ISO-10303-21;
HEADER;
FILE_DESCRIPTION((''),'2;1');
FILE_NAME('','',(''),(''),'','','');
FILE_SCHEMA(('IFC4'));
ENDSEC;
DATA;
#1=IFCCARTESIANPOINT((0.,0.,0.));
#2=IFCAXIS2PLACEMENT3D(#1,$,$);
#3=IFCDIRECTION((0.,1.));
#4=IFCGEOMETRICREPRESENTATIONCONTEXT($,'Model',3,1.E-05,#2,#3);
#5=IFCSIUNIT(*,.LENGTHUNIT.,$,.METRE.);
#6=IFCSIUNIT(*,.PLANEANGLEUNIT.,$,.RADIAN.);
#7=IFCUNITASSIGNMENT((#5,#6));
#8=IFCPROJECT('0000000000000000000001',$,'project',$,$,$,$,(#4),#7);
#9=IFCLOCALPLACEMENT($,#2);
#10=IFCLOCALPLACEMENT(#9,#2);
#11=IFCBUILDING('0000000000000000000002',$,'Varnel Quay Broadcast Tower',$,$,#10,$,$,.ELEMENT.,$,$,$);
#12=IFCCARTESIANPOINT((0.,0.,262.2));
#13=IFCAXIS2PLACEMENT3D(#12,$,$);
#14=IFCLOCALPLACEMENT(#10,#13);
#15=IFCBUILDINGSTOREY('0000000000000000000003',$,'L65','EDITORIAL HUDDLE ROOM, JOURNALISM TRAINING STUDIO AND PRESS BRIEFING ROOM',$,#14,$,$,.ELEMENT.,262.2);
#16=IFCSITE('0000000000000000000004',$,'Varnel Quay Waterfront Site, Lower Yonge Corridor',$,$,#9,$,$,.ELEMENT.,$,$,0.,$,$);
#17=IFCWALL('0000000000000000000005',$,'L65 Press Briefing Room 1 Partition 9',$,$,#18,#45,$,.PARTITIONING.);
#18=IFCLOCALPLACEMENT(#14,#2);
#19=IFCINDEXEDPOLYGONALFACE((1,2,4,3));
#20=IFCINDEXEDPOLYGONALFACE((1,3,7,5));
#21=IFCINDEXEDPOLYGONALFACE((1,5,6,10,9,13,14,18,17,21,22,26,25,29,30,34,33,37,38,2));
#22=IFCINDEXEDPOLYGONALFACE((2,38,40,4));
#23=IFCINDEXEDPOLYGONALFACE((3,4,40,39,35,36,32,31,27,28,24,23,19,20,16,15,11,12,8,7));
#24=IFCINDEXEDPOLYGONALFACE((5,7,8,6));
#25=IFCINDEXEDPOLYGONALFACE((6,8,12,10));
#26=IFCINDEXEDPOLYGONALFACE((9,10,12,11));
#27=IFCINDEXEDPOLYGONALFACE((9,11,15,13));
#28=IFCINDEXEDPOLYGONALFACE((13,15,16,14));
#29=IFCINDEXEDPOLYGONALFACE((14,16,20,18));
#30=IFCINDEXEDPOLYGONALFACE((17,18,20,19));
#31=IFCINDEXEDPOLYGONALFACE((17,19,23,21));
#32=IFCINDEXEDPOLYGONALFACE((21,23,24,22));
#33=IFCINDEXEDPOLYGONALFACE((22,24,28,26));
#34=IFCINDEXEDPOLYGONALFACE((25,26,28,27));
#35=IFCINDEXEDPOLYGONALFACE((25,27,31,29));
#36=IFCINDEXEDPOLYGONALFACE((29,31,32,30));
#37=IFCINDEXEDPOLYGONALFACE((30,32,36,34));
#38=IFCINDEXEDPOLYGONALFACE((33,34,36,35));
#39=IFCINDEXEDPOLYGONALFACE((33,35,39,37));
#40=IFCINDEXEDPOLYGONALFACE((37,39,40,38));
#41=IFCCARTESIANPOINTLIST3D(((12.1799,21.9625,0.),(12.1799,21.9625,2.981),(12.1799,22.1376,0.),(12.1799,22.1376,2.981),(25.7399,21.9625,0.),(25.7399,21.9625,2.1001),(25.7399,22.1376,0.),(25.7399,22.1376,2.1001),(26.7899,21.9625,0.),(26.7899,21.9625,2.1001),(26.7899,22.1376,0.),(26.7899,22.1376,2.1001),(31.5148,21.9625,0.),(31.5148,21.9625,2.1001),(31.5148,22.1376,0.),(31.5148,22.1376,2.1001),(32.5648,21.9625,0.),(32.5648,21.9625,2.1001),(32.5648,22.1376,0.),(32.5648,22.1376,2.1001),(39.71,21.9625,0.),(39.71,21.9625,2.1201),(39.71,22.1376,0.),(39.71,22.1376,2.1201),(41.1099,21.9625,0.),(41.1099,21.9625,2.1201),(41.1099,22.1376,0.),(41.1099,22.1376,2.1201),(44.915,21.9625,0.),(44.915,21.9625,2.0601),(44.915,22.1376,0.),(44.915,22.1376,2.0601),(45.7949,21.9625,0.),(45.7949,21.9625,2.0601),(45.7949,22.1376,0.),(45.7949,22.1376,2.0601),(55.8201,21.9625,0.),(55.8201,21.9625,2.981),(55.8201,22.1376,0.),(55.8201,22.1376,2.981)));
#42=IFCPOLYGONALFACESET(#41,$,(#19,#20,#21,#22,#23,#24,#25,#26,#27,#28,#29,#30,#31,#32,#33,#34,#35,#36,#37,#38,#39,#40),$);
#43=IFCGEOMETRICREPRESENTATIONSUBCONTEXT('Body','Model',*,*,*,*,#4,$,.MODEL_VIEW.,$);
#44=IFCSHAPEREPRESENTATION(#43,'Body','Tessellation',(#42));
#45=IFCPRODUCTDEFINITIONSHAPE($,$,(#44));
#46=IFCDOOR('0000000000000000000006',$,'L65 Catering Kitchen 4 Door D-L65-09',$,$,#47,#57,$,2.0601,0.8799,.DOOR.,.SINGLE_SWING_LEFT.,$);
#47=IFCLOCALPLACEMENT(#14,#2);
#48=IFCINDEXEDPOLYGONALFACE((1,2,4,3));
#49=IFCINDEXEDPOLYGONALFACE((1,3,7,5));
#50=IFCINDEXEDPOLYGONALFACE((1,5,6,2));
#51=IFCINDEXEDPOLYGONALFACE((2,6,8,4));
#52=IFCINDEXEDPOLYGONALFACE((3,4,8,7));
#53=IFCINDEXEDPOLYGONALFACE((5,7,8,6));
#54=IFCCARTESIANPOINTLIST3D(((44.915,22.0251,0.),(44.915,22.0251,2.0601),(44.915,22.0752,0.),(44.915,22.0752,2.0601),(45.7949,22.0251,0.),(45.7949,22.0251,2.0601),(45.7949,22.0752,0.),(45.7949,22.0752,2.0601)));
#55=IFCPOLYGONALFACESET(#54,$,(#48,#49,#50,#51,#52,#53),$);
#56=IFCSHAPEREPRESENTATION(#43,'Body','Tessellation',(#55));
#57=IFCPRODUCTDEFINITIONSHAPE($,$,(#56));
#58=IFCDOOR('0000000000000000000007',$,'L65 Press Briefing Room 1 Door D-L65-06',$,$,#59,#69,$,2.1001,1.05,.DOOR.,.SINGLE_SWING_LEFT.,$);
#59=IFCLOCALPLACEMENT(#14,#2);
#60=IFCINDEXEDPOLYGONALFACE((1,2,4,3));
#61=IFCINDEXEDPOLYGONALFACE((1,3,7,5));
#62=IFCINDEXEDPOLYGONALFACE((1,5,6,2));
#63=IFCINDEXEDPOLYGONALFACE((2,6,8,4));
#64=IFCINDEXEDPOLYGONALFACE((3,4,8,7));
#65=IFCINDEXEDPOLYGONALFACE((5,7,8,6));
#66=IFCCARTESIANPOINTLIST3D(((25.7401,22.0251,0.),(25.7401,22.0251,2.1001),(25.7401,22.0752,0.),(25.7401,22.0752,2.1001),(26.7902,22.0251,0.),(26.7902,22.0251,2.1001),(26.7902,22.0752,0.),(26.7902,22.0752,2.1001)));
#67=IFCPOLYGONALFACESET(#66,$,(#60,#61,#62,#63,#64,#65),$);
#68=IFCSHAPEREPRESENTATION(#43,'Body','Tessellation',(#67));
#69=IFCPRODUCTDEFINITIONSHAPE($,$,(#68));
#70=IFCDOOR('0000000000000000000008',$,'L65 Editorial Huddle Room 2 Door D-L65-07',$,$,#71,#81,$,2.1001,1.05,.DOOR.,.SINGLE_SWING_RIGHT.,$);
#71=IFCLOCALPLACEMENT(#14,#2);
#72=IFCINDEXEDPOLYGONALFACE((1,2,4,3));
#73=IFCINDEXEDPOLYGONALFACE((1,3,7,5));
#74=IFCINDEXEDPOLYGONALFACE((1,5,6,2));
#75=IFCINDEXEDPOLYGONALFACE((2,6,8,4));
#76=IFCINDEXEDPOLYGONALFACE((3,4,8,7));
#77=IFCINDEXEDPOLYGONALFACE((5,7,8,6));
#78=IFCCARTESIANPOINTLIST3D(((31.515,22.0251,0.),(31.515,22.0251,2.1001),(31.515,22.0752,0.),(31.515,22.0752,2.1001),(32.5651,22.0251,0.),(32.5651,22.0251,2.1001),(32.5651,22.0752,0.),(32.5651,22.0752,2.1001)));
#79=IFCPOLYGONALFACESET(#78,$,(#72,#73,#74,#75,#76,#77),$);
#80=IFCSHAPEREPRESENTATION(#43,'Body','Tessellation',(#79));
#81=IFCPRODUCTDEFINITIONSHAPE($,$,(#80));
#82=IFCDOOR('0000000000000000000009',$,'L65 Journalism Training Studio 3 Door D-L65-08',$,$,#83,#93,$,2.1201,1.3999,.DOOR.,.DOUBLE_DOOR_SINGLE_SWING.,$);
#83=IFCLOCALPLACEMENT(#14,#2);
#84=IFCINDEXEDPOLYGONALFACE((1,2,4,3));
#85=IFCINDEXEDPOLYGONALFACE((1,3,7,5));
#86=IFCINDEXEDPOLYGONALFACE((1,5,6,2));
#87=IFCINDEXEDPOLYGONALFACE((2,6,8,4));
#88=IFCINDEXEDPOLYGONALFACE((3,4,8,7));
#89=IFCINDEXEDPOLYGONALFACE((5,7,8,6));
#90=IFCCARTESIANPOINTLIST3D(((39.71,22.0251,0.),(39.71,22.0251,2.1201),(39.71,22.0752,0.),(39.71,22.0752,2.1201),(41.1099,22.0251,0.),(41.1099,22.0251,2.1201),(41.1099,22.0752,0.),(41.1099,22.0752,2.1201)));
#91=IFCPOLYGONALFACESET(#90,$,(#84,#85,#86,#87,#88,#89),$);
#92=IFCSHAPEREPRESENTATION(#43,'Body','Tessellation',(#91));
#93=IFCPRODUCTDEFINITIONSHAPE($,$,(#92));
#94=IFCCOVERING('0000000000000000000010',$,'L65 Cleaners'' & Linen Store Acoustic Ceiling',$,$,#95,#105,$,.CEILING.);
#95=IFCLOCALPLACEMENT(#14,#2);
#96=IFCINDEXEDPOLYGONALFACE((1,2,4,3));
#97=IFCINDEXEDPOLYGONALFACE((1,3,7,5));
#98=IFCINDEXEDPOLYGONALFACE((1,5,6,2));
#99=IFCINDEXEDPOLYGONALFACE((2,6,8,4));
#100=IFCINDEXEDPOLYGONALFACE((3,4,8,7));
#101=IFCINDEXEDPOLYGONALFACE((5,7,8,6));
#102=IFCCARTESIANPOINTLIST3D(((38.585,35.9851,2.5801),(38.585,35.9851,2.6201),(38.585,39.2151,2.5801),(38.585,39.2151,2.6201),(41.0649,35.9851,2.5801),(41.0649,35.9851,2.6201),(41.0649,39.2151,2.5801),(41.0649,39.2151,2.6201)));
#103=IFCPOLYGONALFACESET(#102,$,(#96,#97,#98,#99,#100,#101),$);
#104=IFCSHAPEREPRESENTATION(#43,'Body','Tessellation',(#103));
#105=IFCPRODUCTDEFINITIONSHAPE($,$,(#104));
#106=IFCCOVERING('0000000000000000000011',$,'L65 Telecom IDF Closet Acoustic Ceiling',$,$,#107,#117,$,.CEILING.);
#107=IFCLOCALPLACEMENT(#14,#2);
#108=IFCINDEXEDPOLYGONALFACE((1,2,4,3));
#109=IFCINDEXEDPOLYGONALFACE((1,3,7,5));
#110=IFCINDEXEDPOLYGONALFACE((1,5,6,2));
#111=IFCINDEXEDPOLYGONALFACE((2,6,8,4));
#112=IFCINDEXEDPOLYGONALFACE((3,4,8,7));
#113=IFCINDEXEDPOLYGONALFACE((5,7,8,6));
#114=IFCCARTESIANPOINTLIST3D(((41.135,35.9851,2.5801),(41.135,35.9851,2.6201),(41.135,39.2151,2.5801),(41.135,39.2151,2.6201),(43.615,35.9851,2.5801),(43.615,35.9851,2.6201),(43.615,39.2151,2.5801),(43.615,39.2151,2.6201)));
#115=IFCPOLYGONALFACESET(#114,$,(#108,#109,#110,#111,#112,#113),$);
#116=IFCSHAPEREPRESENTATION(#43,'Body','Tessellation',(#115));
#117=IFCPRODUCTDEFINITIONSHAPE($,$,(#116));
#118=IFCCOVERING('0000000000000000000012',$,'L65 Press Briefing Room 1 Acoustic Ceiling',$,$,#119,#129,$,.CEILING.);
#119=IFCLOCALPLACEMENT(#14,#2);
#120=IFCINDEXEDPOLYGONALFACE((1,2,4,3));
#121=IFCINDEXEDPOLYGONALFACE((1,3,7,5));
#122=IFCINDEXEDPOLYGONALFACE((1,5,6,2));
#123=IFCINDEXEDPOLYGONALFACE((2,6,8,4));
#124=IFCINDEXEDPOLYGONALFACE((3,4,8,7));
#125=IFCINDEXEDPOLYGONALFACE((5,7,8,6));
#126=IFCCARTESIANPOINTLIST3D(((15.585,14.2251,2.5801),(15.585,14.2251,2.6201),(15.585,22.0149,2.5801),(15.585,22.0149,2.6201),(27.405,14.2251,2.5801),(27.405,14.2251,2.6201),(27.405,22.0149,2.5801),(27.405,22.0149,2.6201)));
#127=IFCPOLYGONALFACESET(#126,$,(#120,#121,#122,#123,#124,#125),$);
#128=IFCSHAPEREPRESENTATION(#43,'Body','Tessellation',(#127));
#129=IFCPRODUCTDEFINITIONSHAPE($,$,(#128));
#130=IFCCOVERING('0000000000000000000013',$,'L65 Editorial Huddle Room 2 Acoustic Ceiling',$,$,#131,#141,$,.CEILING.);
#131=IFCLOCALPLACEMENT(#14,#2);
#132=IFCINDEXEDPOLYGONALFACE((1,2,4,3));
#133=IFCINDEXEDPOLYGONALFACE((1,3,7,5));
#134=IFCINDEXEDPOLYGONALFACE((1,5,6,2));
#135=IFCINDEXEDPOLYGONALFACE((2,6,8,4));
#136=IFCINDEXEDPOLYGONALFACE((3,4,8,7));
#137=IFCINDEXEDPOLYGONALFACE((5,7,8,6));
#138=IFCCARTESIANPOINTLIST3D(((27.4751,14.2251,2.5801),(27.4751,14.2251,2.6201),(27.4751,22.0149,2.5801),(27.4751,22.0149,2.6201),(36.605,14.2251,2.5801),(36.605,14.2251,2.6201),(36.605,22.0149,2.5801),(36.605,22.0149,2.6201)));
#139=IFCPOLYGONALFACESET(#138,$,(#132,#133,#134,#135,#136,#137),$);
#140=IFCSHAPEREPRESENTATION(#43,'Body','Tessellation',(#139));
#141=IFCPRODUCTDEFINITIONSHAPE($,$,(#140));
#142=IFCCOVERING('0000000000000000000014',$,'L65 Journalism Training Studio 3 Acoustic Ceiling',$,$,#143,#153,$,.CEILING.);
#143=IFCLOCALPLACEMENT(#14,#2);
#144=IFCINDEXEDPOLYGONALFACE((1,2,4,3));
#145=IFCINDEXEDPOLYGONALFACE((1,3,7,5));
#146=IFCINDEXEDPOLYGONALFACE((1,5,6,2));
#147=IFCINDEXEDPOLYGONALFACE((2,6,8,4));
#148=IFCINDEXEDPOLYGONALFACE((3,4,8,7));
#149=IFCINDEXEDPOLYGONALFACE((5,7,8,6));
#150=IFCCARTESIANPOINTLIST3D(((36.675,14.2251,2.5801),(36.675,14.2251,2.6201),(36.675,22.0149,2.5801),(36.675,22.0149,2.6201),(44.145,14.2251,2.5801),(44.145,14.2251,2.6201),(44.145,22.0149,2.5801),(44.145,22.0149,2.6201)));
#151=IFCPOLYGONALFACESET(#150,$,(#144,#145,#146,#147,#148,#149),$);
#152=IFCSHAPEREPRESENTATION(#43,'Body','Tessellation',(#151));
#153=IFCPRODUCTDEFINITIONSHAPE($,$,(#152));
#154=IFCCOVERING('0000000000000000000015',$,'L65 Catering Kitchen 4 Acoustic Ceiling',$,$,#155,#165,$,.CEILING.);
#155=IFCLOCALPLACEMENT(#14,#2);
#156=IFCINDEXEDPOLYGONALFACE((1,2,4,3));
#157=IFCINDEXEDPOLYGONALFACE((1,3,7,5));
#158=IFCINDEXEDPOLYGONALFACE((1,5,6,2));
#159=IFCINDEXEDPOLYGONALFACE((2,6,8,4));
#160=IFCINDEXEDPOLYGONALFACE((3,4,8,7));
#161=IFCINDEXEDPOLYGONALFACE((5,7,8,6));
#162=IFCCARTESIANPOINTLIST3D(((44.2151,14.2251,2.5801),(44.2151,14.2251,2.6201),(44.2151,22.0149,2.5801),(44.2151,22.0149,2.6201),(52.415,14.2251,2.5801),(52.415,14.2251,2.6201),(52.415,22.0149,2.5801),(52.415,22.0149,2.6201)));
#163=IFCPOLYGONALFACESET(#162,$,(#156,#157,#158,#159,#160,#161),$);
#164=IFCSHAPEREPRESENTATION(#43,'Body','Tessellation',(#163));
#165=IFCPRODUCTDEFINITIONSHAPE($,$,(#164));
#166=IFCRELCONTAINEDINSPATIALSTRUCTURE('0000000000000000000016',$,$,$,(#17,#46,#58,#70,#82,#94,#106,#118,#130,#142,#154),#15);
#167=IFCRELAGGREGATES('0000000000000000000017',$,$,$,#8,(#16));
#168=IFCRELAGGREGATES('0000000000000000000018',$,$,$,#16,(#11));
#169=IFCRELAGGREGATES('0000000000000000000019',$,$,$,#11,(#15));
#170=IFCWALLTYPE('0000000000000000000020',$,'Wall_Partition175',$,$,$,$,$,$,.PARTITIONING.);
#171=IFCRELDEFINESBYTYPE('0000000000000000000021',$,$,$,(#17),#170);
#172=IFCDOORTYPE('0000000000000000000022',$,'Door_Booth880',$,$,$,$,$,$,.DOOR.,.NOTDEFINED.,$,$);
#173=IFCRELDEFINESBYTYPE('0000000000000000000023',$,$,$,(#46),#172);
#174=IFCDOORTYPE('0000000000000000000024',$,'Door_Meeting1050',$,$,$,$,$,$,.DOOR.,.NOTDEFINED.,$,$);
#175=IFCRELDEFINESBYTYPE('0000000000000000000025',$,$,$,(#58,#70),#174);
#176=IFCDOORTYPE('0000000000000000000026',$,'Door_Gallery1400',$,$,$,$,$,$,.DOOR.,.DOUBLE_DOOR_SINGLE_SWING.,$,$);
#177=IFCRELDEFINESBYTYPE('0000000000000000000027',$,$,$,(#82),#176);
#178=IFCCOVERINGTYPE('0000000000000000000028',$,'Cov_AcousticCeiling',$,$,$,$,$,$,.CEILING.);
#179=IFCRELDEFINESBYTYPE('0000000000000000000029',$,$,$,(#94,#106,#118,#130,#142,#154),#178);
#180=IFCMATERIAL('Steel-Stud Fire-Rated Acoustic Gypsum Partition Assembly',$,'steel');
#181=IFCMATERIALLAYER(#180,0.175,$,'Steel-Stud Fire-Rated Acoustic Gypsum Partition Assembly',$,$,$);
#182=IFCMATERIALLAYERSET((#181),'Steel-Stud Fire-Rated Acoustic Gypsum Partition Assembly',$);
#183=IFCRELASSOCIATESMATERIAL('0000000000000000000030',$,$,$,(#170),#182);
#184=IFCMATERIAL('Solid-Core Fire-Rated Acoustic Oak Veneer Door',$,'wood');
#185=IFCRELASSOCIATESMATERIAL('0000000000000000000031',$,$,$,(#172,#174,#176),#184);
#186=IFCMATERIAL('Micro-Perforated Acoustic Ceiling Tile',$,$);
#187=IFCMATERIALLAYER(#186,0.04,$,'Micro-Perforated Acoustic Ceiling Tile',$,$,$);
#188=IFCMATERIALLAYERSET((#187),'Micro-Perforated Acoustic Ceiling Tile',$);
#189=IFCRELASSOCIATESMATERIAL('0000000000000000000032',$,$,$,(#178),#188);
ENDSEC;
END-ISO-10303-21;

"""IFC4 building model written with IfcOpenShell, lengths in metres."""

from ifc_helpers import new_model, si_unit, direction, frame, frame_2d, origin, place, context, subcontext, project, spatial, polyline, rectangle, outline, extrude, source, transform, mapped, material, layer, layer_set, type_object, type_shapes, element, fill, save


model = new_model("IFC4")

# Units and contexts
model_context = context("Model", 3, precision=1e-05, world=origin(), true_north=direction((0.0, 1.0)))
body_context = subcontext(model_context, "Body", "Model", "MODEL_VIEW")
ifc_project = project(units=[si_unit("LENGTHUNIT", "METRE"), si_unit("PLANEANGLEUNIT", "RADIAN")], contexts=[model_context])

# Site, building, storey
site_placement = place(None, origin())
site = spatial("IfcSite", under=ifc_project, at=site_placement, Name="Varnel Quay Waterfront Site, Lower Yonge Corridor", CompositionType="ELEMENT", RefElevation=0.0)
building_placement = place(site_placement, origin())
building = spatial("IfcBuilding", under=site, at=building_placement, Name="Varnel Quay Broadcast Tower", CompositionType="ELEMENT")
storey_placement = place(building_placement, frame((0.0, 0.0, 262.2)))
storey = spatial("IfcBuildingStorey", under=building, at=storey_placement, Name="L65", Description="EDITORIAL HUDDLE ROOM, JOURNALISM TRAINING STUDIO AND PRESS BRIEFING ROOM", CompositionType="ELEMENT", Elevation=262.2)

# Wall, openings, doors
ifc_material_1 = material(Name="Steel-Stud Fire-Rated Acoustic Gypsum Partition Assembly", Category="steel")
ifc_layer_1 = layer(ifc_material_1, 0.175, Name="Steel-Stud Fire-Rated Acoustic Gypsum Partition Assembly")
ifc_layer_set_1 = layer_set([ifc_layer_1], Name="Steel-Stud Fire-Rated Acoustic Gypsum Partition Assembly")
wall_type = type_object("IfcWallType", Name="Wall_Partition175", PredefinedType="PARTITIONING", material=ifc_layer_set_1)
wall_placement = place(storey_placement, frame((12.1799, 22.05, 0.0), z_axis=(0.0, 0.0, 1.0), x_axis=(1.0, 0.0, 0.0)))
wall = element("IfcWall", 1, at=wall_placement, inside=storey, type_object=wall_type, Name="L65 Press Briefing Room 1 Partition 9", PredefinedType="PARTITIONING", context=body_context, shape_type="SweptSolid", body=[
    extrude(rectangle(XDim=43.6401, YDim=0.175, at=frame_2d((21.8201, 0.0))), origin(), (0.0, 0.0, 1.0), 2.981),
])
opening_1_placement = place(wall_placement, frame((13.5601, 0.0, 0.0)))
opening_1 = element("IfcOpeningElement", 2, at=opening_1_placement, cuts=wall, PredefinedType="OPENING", context=body_context, shape_type="SweptSolid", body=[
    extrude(rectangle(XDim=1.05, YDim=2.1001, at=frame_2d((0.5249, 1.05))), frame((0.0, 0.0977, 0.0), z_axis=(0.0, -1.0, 0.0), x_axis=(1.0, 0.0, 0.0)), (0.0, 0.0, 1.0), 0.1951),
])
opening_2_placement = place(wall_placement, frame((19.335, 0.0, 0.0)))
opening_2 = element("IfcOpeningElement", 3, at=opening_2_placement, cuts=wall, PredefinedType="OPENING", context=body_context, shape_type="SweptSolid", body=[
    extrude(rectangle(XDim=1.05, YDim=2.1001, at=frame_2d((0.5249, 1.05))), frame((0.0, 0.0977, 0.0), z_axis=(0.0, -1.0, 0.0), x_axis=(1.0, 0.0, 0.0)), (0.0, 0.0, 1.0), 0.1951),
])
opening_3_placement = place(wall_placement, frame((27.53, 0.0, 0.0)))
opening_3 = element("IfcOpeningElement", 4, at=opening_3_placement, cuts=wall, PredefinedType="OPENING", context=body_context, shape_type="SweptSolid", body=[
    extrude(rectangle(XDim=1.3999, YDim=2.1201, at=frame_2d((0.7, 1.0601))), frame((0.0, 0.0977, 0.0), z_axis=(0.0, -1.0, 0.0), x_axis=(1.0, 0.0, 0.0)), (0.0, 0.0, 1.0), 0.1951),
])
opening_4_placement = place(wall_placement, frame((32.7351, 0.0, 0.0)))
opening_4 = element("IfcOpeningElement", 5, at=opening_4_placement, cuts=wall, PredefinedType="OPENING", context=body_context, shape_type="SweptSolid", body=[
    extrude(rectangle(XDim=0.8799, YDim=2.0601, at=frame_2d((0.4399, 1.03))), frame((0.0, 0.0977, 0.0), z_axis=(0.0, -1.0, 0.0), x_axis=(1.0, 0.0, 0.0)), (0.0, 0.0, 1.0), 0.1951),
])
ifc_material_2 = material(Name="Solid-Core Fire-Rated Acoustic Oak Veneer Door", Category="wood")
door_type_1 = type_object("IfcDoorType", Name="Door_Booth880", OperationType="NOTDEFINED", PredefinedType="DOOR", material=ifc_material_2)
shared_shape_1 = source(origin(), body_context, "Body", "SweptSolid", [
    extrude(rectangle(XDim=0.8799, YDim=2.0601, at=frame_2d((0.4399, 1.03))), frame((0.0, 0.0249, 0.0), z_axis=(0.0, -1.0, 0.0), x_axis=(1.0, 0.0, 0.0)), (0.0, 0.0, 1.0), 0.05),
])
type_shapes(door_type_1, [shared_shape_1])
door_1_placement = place(opening_4_placement, frame((0.8799, 0.0, 0.0), z_axis=(0.0, 0.0, 1.0), x_axis=(-1.0, 0.0, 0.0)))
door_1 = element("IfcDoor", 6, at=door_1_placement, inside=storey, type_object=door_type_1, Name="L65 Catering Kitchen 4 Door D-L65-09", OperationType="SINGLE_SWING_LEFT", OverallHeight=2.0601, OverallWidth=0.8799, PredefinedType="DOOR", context=body_context, shape_type="MappedRepresentation", body=[
    mapped(shared_shape_1, transform((0.0, 0.0, 0.0), x_axis=(1.0, 0.0, 0.0), y_axis=(0.0, 1.0, 0.0), z_axis=(0.0, 0.0, 1.0), scale=1.0)),
])
fill(opening_4, door_1)
door_type_2 = type_object("IfcDoorType", Name="Door_Meeting1050", OperationType="NOTDEFINED", PredefinedType="DOOR", material=ifc_material_2)
shared_shape_2 = source(origin(), body_context, "Body", "SweptSolid", [
    extrude(rectangle(XDim=1.05, YDim=2.1001, at=frame_2d((0.5249, 1.05))), frame((0.0, 0.0249, 0.0), z_axis=(0.0, -1.0, 0.0), x_axis=(1.0, 0.0, 0.0)), (0.0, 0.0, 1.0), 0.05),
])
type_shapes(door_type_2, [shared_shape_2])
door_2_placement = place(opening_1_placement, frame((1.05, 0.0, 0.0), z_axis=(0.0, 0.0, 1.0), x_axis=(-1.0, 0.0, 0.0)))
door_2 = element("IfcDoor", 7, at=door_2_placement, inside=storey, type_object=door_type_2, Name="L65 Press Briefing Room 1 Door D-L65-06", OperationType="SINGLE_SWING_LEFT", OverallHeight=2.1001, OverallWidth=1.05, PredefinedType="DOOR", context=body_context, shape_type="MappedRepresentation", body=[
    mapped(shared_shape_2, transform((0.0, 0.0, 0.0), x_axis=(1.0, 0.0, 0.0), y_axis=(0.0, 1.0, 0.0), z_axis=(0.0, 0.0, 1.0), scale=1.0)),
])
fill(opening_1, door_2)
door_3_placement = place(opening_2_placement, frame((1.05, 0.0, 0.0), z_axis=(0.0, 0.0, 1.0), x_axis=(-1.0, 0.0, 0.0)))
door_3 = element("IfcDoor", 8, at=door_3_placement, inside=storey, type_object=door_type_2, Name="L65 Editorial Huddle Room 2 Door D-L65-07", OperationType="SINGLE_SWING_RIGHT", OverallHeight=2.1001, OverallWidth=1.05, PredefinedType="DOOR", context=body_context, shape_type="MappedRepresentation", body=[
    mapped(shared_shape_2, transform((0.0, 0.0, 0.0), x_axis=(1.0, 0.0, 0.0), y_axis=(0.0, 1.0, 0.0), z_axis=(0.0, 0.0, 1.0), scale=1.0)),
])
fill(opening_2, door_3)
door_type_3 = type_object("IfcDoorType", Name="Door_Gallery1400", OperationType="DOUBLE_DOOR_SINGLE_SWING", PredefinedType="DOOR", material=ifc_material_2)
shared_shape_3 = source(origin(), body_context, "Body", "SweptSolid", [
    extrude(rectangle(XDim=1.3999, YDim=2.1201, at=frame_2d((0.7, 1.0601))), frame((0.0, 0.0249, 0.0), z_axis=(0.0, -1.0, 0.0), x_axis=(1.0, 0.0, 0.0)), (0.0, 0.0, 1.0), 0.05),
])
type_shapes(door_type_3, [shared_shape_3])
door_4_placement = place(opening_3_placement, frame((1.3999, 0.0, 0.0), z_axis=(0.0, 0.0, 1.0), x_axis=(-1.0, 0.0, 0.0)))
door_4 = element("IfcDoor", 9, at=door_4_placement, inside=storey, type_object=door_type_3, Name="L65 Journalism Training Studio 3 Door D-L65-08", OperationType="DOUBLE_DOOR_SINGLE_SWING", OverallHeight=2.1201, OverallWidth=1.3999, PredefinedType="DOOR", context=body_context, shape_type="MappedRepresentation", body=[
    mapped(shared_shape_3, transform((0.0, 0.0, 0.0), x_axis=(1.0, 0.0, 0.0), y_axis=(0.0, 1.0, 0.0), z_axis=(0.0, 0.0, 1.0), scale=1.0)),
])
fill(opening_3, door_4)

# Coverings
ifc_material_3 = material(Name="Micro-Perforated Acoustic Ceiling Tile")
ifc_layer_2 = layer(ifc_material_3, 0.04, Name="Micro-Perforated Acoustic Ceiling Tile")
ifc_layer_set_2 = layer_set([ifc_layer_2], Name="Micro-Perforated Acoustic Ceiling Tile")
covering_type_1 = type_object("IfcCoveringType", Name="Cov_AcousticCeiling", PredefinedType="CEILING", material=ifc_layer_set_2)
covering_1_placement = place(storey_placement, frame((0.0, 0.0, 2.5801)))
element("IfcCovering", 10, at=covering_1_placement, inside=storey, type_object=covering_type_1, Name="L65 Cleaners' & Linen Store Acoustic Ceiling", PredefinedType="CEILING", context=body_context, shape_type="SweptSolid", body=[
    extrude(outline(polyline([(38.585, 35.9851), (41.0649, 35.9851), (41.0649, 39.2151), (38.585, 39.2151), (38.585, 35.9851)])), origin(), (0.0, 0.0, 1.0), 0.04),
])
covering_2_placement = place(storey_placement, frame((0.0, 0.0, 2.5801)))
element("IfcCovering", 11, at=covering_2_placement, inside=storey, type_object=covering_type_1, Name="L65 Telecom IDF Closet Acoustic Ceiling", PredefinedType="CEILING", context=body_context, shape_type="SweptSolid", body=[
    extrude(outline(polyline([(41.135, 35.9851), (43.615, 35.9851), (43.615, 39.2151), (41.135, 39.2151), (41.135, 35.9851)])), origin(), (0.0, 0.0, 1.0), 0.04),
])
covering_3_placement = place(storey_placement, frame((0.0, 0.0, 2.5801)))
element("IfcCovering", 12, at=covering_3_placement, inside=storey, type_object=covering_type_1, Name="L65 Press Briefing Room 1 Acoustic Ceiling", PredefinedType="CEILING", context=body_context, shape_type="SweptSolid", body=[
    extrude(outline(polyline([(15.585, 14.2251), (27.405, 14.2251), (27.405, 22.0149), (15.585, 22.0149), (15.585, 14.2251)])), origin(), (0.0, 0.0, 1.0), 0.04),
])
covering_4_placement = place(storey_placement, frame((0.0, 0.0, 2.5801)))
element("IfcCovering", 13, at=covering_4_placement, inside=storey, type_object=covering_type_1, Name="L65 Editorial Huddle Room 2 Acoustic Ceiling", PredefinedType="CEILING", context=body_context, shape_type="SweptSolid", body=[
    extrude(outline(polyline([(27.4751, 14.2251), (36.605, 14.2251), (36.605, 22.0149), (27.4751, 22.0149), (27.4751, 14.2251)])), origin(), (0.0, 0.0, 1.0), 0.04),
])
covering_5_placement = place(storey_placement, frame((0.0, 0.0, 2.5801)))
element("IfcCovering", 14, at=covering_5_placement, inside=storey, type_object=covering_type_1, Name="L65 Journalism Training Studio 3 Acoustic Ceiling", PredefinedType="CEILING", context=body_context, shape_type="SweptSolid", body=[
    extrude(outline(polyline([(36.675, 14.2251), (44.145, 14.2251), (44.145, 22.0149), (36.675, 22.0149), (36.675, 14.2251)])), origin(), (0.0, 0.0, 1.0), 0.04),
])
covering_6_placement = place(storey_placement, frame((0.0, 0.0, 2.5801)))
element("IfcCovering", 15, at=covering_6_placement, inside=storey, type_object=covering_type_1, Name="L65 Catering Kitchen 4 Acoustic Ceiling", PredefinedType="CEILING", context=body_context, shape_type="SweptSolid", body=[
    extrude(outline(polyline([(44.2151, 14.2251), (52.415, 14.2251), (52.415, 22.0149), (44.2151, 22.0149), (44.2151, 14.2251)])), origin(), (0.0, 0.0, 1.0), 0.04),
])

save(model, "model.ifc")
